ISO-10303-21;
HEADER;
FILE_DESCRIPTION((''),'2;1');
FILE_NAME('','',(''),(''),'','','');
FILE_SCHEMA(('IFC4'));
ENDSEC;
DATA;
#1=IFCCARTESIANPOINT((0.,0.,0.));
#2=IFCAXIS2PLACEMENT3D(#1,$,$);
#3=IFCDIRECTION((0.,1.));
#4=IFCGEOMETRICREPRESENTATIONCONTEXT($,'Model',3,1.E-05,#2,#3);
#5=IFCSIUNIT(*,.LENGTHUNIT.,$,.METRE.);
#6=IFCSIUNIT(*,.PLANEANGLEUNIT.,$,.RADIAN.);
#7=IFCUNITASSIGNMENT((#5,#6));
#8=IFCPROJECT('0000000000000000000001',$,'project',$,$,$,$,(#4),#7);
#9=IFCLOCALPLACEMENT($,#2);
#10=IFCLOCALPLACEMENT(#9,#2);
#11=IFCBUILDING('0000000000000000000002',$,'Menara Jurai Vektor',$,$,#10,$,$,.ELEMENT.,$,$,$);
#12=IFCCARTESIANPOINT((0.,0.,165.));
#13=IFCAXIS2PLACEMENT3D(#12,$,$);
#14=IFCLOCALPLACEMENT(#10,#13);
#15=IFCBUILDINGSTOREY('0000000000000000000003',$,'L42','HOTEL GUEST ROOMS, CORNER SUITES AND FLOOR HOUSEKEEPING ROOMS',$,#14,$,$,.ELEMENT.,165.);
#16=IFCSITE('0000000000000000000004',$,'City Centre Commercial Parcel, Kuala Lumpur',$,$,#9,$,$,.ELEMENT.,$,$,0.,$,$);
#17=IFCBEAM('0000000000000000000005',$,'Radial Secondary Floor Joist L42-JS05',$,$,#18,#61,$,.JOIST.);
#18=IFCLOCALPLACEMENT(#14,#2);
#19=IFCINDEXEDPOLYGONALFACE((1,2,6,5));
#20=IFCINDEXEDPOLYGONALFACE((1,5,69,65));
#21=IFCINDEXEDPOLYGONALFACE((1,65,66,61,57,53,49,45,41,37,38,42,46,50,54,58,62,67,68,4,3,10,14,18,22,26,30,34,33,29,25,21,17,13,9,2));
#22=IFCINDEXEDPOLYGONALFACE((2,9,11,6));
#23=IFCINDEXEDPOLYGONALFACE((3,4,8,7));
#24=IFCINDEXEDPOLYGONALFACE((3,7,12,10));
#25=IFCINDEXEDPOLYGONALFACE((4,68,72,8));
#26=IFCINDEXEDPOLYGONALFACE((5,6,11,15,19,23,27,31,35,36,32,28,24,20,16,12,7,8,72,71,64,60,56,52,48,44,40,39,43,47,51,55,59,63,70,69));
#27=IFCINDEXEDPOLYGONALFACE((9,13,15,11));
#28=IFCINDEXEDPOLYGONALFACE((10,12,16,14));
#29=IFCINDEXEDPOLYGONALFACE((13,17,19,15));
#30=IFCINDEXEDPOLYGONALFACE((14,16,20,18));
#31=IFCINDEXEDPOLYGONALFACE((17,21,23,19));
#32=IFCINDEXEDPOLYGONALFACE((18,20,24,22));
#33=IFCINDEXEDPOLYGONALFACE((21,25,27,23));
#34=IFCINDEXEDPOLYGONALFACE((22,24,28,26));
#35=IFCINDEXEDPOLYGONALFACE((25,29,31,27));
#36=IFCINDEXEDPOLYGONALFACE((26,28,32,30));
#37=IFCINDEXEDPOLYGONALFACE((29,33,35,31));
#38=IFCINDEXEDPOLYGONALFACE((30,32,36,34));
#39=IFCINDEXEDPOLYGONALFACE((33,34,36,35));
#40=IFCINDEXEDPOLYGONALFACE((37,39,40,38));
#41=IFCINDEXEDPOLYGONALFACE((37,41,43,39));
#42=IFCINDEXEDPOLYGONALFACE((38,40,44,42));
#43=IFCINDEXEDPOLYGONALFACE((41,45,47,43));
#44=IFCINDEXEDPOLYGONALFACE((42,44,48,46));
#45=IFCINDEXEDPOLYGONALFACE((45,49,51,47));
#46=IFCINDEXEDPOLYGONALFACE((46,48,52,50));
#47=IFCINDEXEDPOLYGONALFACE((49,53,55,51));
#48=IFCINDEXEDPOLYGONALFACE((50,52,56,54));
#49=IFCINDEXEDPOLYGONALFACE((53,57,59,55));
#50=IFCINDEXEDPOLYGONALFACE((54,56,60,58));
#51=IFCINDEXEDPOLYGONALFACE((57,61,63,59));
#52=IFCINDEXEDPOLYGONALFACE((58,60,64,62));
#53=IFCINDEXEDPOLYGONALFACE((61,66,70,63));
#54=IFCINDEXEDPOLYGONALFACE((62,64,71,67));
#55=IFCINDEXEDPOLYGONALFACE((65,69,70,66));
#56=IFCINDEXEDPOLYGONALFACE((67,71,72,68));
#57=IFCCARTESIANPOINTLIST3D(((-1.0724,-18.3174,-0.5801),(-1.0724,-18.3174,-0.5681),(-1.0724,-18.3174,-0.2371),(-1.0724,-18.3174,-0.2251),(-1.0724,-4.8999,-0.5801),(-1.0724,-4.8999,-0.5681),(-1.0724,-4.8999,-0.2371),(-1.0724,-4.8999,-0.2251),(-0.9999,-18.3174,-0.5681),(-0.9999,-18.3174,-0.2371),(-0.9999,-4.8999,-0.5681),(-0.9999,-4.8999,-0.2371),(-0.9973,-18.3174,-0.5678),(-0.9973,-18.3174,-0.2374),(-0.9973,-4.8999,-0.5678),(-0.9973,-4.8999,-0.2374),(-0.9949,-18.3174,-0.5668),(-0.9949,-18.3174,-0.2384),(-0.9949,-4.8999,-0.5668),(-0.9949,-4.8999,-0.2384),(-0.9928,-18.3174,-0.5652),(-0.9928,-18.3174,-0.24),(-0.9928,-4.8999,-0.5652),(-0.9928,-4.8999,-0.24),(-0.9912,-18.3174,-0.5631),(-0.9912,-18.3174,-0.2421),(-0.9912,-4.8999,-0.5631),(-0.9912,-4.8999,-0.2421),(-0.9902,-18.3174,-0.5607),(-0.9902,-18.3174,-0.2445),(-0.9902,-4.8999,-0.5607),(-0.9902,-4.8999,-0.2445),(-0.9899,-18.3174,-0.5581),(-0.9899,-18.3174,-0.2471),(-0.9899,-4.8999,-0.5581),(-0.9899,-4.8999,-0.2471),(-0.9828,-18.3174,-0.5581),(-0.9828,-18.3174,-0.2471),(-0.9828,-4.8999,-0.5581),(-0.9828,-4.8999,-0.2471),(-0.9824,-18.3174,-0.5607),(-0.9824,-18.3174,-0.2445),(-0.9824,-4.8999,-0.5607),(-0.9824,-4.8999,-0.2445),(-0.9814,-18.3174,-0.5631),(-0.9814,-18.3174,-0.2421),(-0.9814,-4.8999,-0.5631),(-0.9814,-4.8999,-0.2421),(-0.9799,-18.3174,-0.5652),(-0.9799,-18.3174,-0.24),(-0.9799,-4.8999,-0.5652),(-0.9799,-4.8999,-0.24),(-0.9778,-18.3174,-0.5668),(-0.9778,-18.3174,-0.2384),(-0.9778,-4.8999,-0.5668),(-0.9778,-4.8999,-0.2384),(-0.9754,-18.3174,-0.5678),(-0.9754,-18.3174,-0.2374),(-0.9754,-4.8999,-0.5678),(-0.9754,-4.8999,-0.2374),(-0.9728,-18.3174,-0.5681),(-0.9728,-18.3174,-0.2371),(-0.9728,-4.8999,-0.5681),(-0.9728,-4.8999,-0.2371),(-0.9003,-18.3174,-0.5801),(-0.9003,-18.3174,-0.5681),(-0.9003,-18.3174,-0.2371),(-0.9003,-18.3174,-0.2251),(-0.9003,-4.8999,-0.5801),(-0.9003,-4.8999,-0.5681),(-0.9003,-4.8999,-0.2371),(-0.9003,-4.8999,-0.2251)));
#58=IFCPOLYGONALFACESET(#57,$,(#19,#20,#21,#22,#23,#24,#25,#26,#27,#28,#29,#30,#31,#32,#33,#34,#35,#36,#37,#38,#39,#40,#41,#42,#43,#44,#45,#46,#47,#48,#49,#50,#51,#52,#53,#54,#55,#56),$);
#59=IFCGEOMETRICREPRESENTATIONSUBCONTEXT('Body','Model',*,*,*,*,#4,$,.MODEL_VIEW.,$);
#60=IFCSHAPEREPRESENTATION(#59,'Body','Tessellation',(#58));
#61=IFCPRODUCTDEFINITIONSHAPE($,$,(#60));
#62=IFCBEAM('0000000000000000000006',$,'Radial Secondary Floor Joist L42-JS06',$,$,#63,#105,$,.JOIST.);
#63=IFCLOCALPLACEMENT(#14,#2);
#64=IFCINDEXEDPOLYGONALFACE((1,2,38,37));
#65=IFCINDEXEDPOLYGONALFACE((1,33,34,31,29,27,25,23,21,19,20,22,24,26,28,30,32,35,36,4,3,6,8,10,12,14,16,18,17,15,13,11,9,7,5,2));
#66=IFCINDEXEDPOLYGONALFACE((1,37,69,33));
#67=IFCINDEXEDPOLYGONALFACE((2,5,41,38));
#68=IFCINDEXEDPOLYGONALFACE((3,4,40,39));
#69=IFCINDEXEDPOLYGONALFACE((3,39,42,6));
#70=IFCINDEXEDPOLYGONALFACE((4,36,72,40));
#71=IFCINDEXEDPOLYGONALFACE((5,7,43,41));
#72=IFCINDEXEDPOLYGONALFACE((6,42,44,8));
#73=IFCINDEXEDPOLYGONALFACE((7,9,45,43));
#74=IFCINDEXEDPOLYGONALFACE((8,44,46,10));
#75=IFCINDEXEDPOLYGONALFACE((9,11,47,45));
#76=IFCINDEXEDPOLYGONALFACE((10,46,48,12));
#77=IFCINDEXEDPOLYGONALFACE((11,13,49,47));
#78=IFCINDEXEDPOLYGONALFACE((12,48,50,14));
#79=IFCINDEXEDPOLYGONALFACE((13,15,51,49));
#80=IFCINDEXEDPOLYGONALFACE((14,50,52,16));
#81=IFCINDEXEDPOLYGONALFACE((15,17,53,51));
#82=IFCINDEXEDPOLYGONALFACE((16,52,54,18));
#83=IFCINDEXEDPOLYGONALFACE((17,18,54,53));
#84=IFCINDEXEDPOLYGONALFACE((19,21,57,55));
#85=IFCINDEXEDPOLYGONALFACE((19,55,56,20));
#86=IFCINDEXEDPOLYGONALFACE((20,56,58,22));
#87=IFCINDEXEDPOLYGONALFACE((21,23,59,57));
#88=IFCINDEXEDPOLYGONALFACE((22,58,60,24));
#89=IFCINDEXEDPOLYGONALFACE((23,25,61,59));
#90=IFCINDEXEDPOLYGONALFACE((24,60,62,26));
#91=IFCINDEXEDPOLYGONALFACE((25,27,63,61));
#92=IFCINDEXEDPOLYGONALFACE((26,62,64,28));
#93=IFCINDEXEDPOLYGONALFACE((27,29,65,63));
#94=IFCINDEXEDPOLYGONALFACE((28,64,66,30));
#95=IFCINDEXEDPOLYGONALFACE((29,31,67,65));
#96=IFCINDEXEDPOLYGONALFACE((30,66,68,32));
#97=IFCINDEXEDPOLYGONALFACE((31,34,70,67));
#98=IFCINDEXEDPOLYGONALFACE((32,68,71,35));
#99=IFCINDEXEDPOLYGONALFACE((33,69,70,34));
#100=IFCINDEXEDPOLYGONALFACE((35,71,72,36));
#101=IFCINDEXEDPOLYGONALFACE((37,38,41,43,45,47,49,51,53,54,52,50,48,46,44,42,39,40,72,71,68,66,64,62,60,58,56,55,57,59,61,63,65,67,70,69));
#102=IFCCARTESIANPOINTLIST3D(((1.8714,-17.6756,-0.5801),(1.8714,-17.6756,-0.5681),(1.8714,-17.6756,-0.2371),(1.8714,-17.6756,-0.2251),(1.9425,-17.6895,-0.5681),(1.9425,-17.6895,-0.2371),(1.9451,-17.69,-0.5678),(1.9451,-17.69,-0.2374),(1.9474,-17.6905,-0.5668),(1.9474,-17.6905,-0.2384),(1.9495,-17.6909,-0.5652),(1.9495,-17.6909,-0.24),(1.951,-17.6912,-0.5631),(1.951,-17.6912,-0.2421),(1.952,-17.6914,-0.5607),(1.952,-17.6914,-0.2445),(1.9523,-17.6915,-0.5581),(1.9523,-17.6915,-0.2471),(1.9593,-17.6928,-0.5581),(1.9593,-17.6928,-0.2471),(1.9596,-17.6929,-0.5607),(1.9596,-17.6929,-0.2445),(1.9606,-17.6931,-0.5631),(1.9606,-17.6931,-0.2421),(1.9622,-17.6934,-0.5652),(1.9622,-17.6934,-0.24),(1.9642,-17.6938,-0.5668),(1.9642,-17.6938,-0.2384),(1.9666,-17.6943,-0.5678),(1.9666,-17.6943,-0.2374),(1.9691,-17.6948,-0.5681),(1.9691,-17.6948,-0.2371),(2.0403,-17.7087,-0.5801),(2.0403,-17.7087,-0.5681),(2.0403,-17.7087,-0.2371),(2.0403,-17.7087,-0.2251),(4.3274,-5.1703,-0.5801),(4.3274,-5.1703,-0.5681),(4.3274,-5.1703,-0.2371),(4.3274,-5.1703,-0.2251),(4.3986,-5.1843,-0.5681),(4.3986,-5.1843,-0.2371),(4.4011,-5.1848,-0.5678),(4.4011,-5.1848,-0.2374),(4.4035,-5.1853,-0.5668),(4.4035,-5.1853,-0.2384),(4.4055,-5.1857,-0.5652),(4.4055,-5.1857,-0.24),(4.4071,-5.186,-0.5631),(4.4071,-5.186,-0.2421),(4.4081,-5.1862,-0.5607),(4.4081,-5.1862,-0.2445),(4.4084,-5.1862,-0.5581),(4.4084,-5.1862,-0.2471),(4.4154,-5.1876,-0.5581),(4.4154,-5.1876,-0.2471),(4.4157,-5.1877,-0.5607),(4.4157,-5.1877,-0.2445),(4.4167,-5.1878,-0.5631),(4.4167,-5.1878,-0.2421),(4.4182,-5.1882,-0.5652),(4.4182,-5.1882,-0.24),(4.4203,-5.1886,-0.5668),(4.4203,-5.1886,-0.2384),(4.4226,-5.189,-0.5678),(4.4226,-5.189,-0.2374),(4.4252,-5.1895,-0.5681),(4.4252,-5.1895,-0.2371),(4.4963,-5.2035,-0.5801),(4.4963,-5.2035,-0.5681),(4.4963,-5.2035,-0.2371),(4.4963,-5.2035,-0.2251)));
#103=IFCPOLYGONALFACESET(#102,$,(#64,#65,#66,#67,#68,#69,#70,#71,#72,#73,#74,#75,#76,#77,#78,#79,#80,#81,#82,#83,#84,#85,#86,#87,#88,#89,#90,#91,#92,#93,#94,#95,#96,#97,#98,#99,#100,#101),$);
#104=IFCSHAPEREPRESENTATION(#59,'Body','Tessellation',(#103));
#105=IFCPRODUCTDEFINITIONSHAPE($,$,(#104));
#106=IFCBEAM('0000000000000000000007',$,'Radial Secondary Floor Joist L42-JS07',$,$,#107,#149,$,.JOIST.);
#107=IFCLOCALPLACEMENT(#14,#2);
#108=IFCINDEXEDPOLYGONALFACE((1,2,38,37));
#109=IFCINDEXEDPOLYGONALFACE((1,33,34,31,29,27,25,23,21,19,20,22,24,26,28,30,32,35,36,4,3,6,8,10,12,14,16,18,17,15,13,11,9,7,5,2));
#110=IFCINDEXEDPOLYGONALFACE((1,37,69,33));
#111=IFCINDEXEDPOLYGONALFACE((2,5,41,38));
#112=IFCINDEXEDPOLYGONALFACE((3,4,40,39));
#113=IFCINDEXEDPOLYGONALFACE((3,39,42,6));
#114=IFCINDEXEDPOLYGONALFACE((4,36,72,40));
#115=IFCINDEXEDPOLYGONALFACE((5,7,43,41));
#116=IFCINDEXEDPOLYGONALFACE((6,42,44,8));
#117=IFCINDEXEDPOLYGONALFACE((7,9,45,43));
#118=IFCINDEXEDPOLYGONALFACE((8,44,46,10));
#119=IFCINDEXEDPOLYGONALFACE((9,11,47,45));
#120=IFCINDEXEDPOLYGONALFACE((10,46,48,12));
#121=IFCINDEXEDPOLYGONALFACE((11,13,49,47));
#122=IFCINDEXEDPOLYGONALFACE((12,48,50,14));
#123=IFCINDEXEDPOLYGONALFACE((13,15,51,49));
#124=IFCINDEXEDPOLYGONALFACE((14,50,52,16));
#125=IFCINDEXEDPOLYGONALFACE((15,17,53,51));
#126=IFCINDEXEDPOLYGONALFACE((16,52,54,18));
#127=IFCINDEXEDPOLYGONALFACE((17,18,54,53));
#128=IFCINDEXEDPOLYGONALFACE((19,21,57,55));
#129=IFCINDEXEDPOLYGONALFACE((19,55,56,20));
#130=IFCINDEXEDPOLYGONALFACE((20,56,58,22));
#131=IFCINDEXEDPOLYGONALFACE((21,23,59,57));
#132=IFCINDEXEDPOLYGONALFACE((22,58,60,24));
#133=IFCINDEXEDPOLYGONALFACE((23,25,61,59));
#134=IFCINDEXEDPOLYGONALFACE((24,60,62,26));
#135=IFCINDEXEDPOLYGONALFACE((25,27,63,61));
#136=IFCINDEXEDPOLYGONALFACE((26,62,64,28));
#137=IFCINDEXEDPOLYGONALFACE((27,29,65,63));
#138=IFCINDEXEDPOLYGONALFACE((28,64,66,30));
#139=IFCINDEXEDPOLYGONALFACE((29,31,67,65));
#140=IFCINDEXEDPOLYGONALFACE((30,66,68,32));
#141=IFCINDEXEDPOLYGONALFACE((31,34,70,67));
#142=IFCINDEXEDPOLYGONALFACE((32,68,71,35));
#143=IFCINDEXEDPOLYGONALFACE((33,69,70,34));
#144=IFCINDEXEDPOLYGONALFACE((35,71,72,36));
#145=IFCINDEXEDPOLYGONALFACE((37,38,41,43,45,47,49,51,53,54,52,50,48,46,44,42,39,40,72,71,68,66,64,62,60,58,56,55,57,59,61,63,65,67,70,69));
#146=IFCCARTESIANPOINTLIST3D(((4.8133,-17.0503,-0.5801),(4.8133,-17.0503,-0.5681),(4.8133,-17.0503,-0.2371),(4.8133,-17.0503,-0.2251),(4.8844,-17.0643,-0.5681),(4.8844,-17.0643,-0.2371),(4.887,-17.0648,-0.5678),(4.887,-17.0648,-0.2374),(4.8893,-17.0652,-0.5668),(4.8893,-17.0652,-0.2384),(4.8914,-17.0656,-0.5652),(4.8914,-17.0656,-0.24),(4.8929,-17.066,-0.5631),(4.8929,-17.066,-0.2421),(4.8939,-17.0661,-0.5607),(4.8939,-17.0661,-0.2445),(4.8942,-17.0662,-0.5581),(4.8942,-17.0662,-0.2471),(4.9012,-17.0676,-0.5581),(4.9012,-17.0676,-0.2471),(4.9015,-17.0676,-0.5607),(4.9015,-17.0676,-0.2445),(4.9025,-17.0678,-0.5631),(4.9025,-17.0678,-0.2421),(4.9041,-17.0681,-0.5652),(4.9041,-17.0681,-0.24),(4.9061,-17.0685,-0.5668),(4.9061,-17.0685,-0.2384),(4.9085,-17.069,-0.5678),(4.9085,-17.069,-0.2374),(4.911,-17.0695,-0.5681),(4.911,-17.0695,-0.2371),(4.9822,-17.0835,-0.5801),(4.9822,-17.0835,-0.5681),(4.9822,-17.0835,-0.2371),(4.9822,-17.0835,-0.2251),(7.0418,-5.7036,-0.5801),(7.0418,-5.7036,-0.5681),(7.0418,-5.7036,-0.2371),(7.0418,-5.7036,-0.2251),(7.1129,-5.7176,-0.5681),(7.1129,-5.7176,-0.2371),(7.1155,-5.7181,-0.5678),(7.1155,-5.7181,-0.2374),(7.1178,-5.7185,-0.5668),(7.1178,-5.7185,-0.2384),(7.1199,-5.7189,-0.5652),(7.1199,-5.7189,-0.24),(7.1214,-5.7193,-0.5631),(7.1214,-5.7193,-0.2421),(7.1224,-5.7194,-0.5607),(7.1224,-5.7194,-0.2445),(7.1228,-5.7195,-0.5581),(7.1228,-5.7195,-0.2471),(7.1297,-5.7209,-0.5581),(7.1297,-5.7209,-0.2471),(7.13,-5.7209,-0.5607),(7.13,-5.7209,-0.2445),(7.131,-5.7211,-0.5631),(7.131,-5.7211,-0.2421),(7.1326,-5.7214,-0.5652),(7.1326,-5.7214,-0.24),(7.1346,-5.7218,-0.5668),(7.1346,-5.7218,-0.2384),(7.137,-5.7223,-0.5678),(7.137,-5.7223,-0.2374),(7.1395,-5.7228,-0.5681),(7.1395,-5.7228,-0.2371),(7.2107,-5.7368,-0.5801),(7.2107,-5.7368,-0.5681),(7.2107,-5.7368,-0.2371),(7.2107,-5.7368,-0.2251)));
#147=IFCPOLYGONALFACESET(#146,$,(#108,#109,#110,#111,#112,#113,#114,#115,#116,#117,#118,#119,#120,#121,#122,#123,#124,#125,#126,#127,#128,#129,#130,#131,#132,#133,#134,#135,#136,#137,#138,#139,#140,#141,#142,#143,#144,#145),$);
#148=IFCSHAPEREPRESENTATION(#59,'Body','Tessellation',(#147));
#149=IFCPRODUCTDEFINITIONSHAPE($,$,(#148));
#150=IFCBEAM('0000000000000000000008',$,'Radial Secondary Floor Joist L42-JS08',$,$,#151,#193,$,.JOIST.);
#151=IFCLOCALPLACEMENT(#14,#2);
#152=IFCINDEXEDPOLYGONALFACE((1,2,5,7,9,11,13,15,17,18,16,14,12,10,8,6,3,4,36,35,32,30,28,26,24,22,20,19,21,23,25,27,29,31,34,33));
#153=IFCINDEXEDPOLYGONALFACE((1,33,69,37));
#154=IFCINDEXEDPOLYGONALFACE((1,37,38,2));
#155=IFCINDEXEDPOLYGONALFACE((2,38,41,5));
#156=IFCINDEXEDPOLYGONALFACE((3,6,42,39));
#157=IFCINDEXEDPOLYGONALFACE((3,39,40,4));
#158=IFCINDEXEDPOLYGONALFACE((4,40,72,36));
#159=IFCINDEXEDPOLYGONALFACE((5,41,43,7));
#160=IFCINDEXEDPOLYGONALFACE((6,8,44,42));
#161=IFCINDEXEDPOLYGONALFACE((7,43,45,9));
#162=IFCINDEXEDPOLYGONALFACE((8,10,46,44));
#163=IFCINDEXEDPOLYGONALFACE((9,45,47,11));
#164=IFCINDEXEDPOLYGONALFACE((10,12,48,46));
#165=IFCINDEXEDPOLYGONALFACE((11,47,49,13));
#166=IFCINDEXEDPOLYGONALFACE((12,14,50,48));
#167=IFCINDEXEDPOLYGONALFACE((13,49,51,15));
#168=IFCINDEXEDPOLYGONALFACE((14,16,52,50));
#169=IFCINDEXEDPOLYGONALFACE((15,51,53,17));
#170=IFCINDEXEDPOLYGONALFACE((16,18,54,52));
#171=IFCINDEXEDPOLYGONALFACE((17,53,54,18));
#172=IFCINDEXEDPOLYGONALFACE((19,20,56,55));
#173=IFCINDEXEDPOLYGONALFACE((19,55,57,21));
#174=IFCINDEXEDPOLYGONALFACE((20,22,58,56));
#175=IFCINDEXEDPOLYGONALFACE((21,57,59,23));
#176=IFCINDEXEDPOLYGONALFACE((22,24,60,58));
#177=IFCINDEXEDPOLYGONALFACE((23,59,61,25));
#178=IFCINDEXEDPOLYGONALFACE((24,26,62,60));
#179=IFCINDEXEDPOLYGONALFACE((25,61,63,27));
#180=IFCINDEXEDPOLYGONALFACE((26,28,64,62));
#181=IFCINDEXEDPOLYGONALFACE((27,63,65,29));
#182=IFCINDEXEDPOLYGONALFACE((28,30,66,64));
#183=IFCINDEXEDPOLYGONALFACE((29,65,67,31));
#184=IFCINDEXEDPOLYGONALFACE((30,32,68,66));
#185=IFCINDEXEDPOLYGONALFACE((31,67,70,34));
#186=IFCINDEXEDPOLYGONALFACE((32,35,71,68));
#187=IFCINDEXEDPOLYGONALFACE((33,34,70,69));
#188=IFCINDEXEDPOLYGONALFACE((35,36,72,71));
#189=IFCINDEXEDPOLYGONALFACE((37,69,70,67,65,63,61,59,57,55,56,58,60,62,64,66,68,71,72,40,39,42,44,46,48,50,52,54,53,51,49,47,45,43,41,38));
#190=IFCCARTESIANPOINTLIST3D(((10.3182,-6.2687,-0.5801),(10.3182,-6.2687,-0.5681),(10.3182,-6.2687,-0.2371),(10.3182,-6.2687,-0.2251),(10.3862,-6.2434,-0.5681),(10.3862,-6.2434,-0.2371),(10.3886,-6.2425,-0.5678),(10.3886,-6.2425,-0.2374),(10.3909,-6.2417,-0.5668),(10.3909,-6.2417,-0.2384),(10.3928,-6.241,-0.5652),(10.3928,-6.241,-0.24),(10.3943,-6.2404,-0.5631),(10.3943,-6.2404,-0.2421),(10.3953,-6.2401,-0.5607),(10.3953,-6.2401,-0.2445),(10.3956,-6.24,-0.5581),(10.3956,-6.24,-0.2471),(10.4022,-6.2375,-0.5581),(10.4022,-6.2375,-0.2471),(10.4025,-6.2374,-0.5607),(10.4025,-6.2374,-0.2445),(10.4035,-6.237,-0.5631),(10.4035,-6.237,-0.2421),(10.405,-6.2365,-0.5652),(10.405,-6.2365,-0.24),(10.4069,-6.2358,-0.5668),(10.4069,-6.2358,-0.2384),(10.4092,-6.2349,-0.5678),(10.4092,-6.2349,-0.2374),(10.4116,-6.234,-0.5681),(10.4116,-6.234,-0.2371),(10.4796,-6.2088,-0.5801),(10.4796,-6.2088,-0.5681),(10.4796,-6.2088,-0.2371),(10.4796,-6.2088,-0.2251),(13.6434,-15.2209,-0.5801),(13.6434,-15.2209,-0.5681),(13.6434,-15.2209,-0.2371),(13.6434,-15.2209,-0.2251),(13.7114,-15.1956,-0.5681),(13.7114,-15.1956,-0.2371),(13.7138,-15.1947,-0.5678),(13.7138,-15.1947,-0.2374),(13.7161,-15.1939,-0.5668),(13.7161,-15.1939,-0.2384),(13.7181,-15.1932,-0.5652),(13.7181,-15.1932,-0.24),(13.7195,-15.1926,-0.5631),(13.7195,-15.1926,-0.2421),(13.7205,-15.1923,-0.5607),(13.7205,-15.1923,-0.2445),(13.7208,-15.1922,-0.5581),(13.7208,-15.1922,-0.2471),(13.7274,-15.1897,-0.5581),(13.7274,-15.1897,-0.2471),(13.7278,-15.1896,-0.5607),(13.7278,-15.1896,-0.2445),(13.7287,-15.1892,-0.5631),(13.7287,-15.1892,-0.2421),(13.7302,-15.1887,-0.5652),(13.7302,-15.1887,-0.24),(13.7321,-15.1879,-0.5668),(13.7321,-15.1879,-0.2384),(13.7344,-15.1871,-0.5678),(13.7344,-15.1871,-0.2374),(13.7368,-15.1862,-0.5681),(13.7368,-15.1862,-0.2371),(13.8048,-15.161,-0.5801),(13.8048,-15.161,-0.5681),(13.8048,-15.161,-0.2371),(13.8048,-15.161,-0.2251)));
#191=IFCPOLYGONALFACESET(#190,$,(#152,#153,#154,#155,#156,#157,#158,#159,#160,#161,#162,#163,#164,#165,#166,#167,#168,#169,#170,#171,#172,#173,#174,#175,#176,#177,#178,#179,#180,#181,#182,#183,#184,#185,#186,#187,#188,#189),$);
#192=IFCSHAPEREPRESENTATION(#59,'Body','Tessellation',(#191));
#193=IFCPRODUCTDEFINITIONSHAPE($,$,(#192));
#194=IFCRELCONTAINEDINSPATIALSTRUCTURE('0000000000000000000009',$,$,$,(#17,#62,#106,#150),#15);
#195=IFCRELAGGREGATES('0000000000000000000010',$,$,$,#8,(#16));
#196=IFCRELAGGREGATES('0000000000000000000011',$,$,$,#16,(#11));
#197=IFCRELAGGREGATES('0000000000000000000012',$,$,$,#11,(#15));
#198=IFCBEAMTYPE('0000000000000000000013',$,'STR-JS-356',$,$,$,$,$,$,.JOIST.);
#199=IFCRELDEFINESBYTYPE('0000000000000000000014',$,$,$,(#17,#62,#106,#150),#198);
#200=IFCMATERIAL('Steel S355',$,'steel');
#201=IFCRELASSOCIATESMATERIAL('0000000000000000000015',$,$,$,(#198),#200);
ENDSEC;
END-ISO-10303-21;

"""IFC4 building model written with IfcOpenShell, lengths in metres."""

from ifc_helpers import new_model, si_unit, direction, frame, origin, origin_2d, place, context, subcontext, project, spatial, i_section, extrude, material, material_profile, profile_set, type_object, element, save


model = new_model("IFC4")

# Units and contexts
model_context = context("Model", 3, precision=1e-05, world=origin(), true_north=direction((0.0, 1.0)))
body_context = subcontext(model_context, "Body", "Model", "MODEL_VIEW")
ifc_project = project(units=[si_unit("LENGTHUNIT", "METRE"), si_unit("PLANEANGLEUNIT", "RADIAN")], contexts=[model_context])

# Site, building, storey
site_placement = place(None, origin())
site = spatial("IfcSite", under=ifc_project, at=site_placement, Name="City Centre Commercial Parcel, Kuala Lumpur", CompositionType="ELEMENT", RefElevation=0.0)
building_placement = place(site_placement, origin())
building = spatial("IfcBuilding", under=site, at=building_placement, Name="Menara Jurai Vektor", CompositionType="ELEMENT")
storey_placement = place(building_placement, frame((0.0, 0.0, 165.0)))
storey = spatial("IfcBuildingStorey", under=building, at=storey_placement, Name="L42", Description="HOTEL GUEST ROOMS, CORNER SUITES AND FLOOR HOUSEKEEPING ROOMS", CompositionType="ELEMENT", Elevation=165.0)

# Beams
ifc_material_1 = material(Name="Steel S355", Category="steel")
ifc_material_profile_1 = material_profile(ifc_material_1, i_section(OverallWidth=0.1721, OverallDepth=0.355, WebThickness=0.0071, FlangeThickness=0.012, FilletRadius=0.01, at=origin_2d()), Name="UKB 356x171x51")
ifc_profile_set_1 = profile_set([ifc_material_profile_1], Name="Steel S355")
beam_type_1 = type_object("IfcBeamType", Name="STR-JS-356", PredefinedType="JOIST", material=ifc_profile_set_1)
beam_1_placement = place(storey_placement, frame((-0.9863, -18.3174, -0.4026), z_axis=(0.0, 1.0, 0.0), x_axis=(-1.0, 0.0, 0.0)))
element("IfcBeam", 1, at=beam_1_placement, inside=storey, type_object=beam_type_1, Name="Radial Secondary Floor Joist L42-JS05", PredefinedType="JOIST", context=body_context, shape_type="SweptSolid", body=[
    extrude(i_section(OverallWidth=0.1721, OverallDepth=0.355, WebThickness=0.0071, FlangeThickness=0.012, FilletRadius=0.01, at=origin_2d()), origin(), (0.0, 0.0, 1.0), 13.4175),
])
beam_2_placement = place(storey_placement, frame((1.9558, -17.6921, -0.4026), z_axis=(0.192722, 0.981253, 0.0), x_axis=(-0.981253, 0.192722, 0.0)))
element("IfcBeam", 2, at=beam_2_placement, inside=storey, type_object=beam_type_1, Name="Radial Secondary Floor Joist L42-JS06", PredefinedType="JOIST", context=body_context, shape_type="SweptSolid", body=[
    extrude(i_section(OverallWidth=0.1721, OverallDepth=0.355, WebThickness=0.0071, FlangeThickness=0.012, FilletRadius=0.01, at=origin_2d()), origin(), (0.0, 0.0, 1.0), 12.7441),
])
beam_3_placement = place(storey_placement, frame((4.8977, -17.0669, -0.4026), z_axis=(0.192721, 0.981254, 0.0), x_axis=(-0.981254, 0.192721, 0.0)))
element("IfcBeam", 3, at=beam_3_placement, inside=storey, type_object=beam_type_1, Name="Radial Secondary Floor Joist L42-JS07", PredefinedType="JOIST", context=body_context, shape_type="SweptSolid", body=[
    extrude(i_section(OverallWidth=0.1721, OverallDepth=0.355, WebThickness=0.0071, FlangeThickness=0.012, FilletRadius=0.01, at=origin_2d()), origin(), (0.0, 0.0, 1.0), 11.5635),
])
beam_4_placement = place(storey_placement, frame((13.7241, -15.1909, -0.4026), z_axis=(-0.348197, 0.937421, 0.0), x_axis=(-0.937421, -0.348197, 0.0)))
element("IfcBeam", 4, at=beam_4_placement, inside=storey, type_object=beam_type_1, Name="Radial Secondary Floor Joist L42-JS08", PredefinedType="JOIST", context=body_context, shape_type="SweptSolid", body=[
    extrude(i_section(OverallWidth=0.1721, OverallDepth=0.355, WebThickness=0.0071, FlangeThickness=0.012, FilletRadius=0.01, at=origin_2d()), origin(), (0.0, 0.0, 1.0), 9.5498),
])

save(model, "model.ifc")
